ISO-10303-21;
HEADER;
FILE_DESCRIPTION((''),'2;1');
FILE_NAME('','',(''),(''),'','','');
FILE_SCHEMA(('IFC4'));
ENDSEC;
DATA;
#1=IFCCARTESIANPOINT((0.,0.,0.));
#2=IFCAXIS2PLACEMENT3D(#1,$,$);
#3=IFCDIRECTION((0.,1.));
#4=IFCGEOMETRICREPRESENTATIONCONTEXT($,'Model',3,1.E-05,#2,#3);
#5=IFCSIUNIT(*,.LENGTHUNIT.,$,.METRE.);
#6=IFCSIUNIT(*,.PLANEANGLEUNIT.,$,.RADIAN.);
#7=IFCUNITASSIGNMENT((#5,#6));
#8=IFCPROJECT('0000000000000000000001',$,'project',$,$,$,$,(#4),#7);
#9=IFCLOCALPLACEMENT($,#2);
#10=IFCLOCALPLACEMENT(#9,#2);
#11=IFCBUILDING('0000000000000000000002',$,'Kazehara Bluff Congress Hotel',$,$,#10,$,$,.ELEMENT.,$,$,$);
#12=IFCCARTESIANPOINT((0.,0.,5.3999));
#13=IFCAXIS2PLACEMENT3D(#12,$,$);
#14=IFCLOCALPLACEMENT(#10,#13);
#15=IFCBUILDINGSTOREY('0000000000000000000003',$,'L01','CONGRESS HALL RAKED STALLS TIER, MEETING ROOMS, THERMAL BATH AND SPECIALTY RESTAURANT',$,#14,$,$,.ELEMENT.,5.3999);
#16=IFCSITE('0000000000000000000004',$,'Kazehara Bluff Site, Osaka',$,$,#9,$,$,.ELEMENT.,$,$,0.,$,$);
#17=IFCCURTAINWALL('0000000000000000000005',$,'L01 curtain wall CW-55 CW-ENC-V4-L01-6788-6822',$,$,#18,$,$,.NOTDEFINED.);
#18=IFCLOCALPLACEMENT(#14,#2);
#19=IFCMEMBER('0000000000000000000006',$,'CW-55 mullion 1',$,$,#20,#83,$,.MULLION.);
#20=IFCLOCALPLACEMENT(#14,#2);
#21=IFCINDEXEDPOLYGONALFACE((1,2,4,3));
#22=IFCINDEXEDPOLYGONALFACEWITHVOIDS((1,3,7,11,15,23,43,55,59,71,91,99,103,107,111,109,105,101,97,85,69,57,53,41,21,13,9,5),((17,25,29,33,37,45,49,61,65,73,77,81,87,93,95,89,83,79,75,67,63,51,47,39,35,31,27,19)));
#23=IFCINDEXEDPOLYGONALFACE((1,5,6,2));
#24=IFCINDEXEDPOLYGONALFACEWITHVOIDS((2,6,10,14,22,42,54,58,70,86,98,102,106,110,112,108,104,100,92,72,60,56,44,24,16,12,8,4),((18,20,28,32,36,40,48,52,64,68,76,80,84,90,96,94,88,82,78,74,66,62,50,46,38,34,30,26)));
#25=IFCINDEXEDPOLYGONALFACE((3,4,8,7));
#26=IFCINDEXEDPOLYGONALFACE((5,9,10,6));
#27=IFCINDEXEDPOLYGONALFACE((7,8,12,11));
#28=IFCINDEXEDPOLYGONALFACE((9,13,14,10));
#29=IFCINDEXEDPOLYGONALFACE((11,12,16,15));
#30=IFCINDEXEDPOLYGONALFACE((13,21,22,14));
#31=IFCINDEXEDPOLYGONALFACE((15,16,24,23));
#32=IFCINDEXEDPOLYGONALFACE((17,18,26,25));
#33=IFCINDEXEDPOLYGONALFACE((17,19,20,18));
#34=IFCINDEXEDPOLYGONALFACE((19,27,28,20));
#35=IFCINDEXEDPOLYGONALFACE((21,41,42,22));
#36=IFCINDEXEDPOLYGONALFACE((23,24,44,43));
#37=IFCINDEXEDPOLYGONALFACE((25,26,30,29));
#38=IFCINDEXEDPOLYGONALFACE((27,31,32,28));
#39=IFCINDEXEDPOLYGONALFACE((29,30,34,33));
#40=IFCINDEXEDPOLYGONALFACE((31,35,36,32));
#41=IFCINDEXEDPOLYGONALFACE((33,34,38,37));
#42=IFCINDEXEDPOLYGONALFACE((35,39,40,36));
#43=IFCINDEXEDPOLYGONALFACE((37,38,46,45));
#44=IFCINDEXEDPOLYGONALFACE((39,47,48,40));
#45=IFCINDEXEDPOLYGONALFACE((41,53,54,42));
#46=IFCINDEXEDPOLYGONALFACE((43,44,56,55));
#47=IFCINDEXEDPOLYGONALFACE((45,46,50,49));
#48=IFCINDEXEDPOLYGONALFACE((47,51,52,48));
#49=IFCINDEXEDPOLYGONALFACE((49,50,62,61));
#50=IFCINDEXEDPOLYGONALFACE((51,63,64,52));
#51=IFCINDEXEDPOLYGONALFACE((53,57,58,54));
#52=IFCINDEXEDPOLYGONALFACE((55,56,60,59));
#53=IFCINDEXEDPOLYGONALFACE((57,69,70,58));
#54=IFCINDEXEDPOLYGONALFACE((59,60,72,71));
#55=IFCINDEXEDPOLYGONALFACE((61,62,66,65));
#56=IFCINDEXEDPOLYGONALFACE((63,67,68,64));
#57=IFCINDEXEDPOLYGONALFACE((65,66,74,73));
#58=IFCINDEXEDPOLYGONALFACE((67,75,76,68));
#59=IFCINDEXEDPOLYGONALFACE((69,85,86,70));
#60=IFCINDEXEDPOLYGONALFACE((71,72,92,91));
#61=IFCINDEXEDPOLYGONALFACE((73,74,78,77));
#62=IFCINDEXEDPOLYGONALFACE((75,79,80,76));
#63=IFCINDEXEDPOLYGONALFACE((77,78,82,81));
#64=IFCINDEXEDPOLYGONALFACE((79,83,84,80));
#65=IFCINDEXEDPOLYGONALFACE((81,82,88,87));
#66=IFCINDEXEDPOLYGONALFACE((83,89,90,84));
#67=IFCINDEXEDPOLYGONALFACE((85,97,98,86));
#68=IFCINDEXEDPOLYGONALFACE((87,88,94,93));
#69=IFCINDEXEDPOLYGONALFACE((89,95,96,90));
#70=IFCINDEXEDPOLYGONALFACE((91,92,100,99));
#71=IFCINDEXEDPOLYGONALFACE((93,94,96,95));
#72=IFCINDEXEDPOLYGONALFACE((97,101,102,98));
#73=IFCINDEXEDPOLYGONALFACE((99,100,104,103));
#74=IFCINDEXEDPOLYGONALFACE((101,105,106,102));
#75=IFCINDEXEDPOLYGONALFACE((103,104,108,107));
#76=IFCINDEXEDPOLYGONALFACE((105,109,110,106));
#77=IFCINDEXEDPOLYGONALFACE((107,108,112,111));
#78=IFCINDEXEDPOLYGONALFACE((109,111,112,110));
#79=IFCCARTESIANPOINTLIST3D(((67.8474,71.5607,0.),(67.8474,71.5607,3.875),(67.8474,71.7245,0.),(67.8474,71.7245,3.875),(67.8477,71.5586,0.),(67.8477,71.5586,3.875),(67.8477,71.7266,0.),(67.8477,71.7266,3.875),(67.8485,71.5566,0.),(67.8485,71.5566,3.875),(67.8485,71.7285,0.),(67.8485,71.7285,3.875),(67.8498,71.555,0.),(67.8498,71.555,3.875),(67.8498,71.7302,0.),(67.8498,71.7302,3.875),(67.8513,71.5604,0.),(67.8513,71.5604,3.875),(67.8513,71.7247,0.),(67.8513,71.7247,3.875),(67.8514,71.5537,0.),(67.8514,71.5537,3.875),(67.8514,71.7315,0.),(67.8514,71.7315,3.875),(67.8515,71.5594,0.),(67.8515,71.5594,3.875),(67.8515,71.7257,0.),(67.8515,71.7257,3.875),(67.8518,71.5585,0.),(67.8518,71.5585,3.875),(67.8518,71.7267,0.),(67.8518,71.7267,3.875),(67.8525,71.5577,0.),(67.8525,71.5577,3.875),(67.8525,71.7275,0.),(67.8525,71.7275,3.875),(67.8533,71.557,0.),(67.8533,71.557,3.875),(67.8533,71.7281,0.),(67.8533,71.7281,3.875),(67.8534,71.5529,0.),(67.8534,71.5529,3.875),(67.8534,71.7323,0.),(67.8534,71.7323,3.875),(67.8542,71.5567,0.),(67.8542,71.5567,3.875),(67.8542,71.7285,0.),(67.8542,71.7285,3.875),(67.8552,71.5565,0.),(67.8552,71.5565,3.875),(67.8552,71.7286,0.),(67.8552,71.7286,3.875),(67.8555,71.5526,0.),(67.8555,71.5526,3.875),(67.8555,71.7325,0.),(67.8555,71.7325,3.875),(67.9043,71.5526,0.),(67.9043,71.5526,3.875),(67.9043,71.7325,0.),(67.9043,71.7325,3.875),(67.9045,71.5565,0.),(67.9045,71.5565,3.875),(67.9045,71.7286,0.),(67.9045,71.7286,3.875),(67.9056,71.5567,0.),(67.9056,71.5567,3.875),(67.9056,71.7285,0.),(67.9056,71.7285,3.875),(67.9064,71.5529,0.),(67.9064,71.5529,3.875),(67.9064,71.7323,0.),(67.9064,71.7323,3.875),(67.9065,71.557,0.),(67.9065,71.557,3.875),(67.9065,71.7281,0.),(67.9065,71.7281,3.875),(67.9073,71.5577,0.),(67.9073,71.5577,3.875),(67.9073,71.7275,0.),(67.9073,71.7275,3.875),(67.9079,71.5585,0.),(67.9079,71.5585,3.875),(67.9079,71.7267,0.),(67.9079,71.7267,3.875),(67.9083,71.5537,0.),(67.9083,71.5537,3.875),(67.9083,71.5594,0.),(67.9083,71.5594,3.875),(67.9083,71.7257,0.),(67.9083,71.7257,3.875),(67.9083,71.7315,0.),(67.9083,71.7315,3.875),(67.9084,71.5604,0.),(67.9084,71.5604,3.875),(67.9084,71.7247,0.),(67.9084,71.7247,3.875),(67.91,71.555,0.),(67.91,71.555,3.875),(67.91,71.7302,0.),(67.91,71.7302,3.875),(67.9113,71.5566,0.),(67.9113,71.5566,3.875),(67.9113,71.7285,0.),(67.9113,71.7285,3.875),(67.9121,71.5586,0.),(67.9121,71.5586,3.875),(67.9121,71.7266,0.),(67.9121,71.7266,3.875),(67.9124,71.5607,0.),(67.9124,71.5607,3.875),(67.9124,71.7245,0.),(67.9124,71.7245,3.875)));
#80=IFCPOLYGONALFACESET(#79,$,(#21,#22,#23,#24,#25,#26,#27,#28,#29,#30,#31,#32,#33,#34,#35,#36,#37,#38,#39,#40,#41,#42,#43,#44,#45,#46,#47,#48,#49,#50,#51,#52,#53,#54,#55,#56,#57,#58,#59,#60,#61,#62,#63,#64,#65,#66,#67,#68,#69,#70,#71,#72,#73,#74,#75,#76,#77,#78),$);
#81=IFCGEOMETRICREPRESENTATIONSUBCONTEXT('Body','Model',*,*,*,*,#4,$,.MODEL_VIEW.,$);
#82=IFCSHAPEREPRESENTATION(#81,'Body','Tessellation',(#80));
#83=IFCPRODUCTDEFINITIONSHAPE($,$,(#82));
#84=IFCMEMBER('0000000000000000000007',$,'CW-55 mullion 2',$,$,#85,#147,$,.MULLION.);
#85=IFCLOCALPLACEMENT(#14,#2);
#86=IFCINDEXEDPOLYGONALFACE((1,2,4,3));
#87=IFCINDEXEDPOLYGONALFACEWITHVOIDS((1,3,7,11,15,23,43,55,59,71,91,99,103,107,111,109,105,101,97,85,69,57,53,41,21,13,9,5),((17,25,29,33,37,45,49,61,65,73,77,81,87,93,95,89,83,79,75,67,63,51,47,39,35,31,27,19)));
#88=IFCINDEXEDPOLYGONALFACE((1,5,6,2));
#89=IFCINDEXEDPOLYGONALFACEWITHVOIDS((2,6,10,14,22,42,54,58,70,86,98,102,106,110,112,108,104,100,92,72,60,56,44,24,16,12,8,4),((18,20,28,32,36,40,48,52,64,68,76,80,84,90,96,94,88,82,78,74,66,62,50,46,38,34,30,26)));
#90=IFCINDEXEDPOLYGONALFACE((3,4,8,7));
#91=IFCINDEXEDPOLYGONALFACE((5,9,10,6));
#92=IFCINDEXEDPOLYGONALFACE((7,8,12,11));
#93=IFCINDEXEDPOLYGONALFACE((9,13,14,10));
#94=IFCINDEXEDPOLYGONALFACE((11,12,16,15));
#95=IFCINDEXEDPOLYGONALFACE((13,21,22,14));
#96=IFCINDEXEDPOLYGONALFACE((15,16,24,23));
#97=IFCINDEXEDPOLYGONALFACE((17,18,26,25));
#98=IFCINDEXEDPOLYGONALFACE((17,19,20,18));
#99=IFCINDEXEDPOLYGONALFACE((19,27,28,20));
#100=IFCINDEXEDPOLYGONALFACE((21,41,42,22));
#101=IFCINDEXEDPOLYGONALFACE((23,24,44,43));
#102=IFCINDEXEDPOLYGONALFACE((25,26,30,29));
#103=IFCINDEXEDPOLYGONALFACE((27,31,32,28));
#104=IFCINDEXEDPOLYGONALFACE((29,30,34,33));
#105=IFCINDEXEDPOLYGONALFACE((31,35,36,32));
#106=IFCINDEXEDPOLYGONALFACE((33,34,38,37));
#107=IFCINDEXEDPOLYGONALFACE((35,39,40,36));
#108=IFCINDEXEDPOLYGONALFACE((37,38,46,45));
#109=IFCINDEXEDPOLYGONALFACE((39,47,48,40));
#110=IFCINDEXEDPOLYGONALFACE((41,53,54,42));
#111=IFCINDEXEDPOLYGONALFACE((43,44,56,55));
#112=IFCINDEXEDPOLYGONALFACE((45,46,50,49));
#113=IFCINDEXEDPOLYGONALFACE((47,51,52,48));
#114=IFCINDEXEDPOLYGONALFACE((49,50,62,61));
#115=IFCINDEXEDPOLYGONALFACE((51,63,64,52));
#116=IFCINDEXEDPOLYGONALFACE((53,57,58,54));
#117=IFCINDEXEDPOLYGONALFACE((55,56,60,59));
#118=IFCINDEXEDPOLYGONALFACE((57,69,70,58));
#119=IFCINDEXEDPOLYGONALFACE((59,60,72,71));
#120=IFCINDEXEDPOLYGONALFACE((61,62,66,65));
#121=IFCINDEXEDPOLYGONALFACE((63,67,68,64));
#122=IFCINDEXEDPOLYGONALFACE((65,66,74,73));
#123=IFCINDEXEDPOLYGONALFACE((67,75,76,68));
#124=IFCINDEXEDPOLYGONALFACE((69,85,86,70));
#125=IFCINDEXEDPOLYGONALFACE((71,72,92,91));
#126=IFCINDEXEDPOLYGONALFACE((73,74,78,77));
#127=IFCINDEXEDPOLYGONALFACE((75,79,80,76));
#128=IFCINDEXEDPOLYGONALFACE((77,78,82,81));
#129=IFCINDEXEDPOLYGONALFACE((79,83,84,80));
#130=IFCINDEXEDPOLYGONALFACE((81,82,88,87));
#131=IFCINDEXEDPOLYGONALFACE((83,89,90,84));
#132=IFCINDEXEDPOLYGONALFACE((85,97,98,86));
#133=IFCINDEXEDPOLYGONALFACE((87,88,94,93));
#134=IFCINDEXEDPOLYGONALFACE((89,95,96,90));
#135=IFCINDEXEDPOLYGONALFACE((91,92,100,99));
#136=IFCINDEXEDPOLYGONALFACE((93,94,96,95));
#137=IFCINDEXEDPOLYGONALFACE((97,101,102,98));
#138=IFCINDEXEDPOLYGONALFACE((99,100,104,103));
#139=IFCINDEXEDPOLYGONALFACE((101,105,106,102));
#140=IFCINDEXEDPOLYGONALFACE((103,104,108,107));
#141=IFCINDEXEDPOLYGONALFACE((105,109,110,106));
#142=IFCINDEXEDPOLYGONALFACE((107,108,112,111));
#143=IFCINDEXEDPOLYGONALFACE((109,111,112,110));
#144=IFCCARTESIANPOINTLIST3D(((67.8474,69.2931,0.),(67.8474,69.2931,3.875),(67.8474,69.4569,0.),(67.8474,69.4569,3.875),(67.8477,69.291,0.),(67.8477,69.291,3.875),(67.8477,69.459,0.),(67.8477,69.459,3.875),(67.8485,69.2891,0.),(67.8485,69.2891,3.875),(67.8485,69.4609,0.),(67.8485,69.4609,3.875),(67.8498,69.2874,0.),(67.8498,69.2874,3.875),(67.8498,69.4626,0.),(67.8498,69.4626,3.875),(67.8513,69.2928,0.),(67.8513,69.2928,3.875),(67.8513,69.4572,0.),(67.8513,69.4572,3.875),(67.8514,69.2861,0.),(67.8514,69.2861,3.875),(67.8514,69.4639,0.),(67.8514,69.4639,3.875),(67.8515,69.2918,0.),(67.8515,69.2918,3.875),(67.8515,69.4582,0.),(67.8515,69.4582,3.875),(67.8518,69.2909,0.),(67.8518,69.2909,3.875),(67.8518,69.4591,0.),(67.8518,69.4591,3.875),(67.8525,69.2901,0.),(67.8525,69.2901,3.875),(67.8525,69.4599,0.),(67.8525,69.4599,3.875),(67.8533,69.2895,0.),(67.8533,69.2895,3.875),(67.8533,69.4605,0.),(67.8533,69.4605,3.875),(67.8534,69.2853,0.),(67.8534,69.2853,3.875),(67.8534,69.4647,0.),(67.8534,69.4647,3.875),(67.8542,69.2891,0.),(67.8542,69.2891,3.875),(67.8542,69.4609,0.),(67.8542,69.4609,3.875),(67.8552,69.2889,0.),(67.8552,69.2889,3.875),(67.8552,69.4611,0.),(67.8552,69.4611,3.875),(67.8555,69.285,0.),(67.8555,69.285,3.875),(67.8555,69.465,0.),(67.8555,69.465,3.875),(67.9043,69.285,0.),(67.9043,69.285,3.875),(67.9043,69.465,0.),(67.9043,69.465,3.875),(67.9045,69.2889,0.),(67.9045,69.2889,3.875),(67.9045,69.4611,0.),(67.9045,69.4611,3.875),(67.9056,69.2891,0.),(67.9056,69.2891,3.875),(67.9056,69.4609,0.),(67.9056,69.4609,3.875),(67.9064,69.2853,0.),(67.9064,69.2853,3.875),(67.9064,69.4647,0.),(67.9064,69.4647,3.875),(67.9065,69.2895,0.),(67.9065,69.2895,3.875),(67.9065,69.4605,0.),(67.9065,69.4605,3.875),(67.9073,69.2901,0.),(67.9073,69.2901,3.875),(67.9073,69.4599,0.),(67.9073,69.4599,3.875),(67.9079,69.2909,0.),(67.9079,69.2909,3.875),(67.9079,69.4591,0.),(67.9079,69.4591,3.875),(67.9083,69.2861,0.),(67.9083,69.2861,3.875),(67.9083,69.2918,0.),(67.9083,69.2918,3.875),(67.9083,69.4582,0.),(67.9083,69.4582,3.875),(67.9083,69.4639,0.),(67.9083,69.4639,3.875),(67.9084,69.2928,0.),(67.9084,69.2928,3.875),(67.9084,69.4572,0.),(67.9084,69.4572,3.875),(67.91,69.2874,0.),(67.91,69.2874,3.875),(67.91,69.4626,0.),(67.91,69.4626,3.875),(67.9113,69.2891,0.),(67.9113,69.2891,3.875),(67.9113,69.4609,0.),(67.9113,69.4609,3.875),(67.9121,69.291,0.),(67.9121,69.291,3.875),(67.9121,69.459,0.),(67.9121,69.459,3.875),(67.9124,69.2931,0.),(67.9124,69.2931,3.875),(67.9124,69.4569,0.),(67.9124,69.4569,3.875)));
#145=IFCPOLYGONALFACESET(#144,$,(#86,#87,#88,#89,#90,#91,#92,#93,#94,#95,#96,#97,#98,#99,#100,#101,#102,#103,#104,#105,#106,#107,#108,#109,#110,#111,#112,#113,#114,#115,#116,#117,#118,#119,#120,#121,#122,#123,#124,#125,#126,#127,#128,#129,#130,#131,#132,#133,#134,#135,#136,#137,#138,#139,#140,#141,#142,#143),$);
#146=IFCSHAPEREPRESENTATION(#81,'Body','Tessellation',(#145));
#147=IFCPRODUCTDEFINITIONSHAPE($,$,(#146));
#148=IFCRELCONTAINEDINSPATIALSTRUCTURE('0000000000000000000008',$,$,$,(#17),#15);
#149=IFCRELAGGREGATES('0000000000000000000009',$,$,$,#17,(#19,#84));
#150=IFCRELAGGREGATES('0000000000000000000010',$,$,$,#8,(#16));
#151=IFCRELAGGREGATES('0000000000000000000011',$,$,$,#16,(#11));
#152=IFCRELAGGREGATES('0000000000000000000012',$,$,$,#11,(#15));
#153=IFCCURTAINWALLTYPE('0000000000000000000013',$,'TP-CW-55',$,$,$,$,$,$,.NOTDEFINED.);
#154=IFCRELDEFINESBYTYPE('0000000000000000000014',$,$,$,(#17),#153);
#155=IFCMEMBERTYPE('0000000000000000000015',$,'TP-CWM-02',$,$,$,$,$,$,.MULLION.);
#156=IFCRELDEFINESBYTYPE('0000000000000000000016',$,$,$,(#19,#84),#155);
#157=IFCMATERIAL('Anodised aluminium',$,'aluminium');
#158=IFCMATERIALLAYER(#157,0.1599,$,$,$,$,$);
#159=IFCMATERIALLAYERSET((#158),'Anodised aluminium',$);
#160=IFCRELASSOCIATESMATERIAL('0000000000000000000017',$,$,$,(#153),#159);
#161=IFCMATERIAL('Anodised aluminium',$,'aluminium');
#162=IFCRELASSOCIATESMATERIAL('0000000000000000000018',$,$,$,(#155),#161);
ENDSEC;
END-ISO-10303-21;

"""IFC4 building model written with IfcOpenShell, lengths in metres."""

from ifc_helpers import new_model, si_unit, direction, frame, origin, origin_2d, place, context, subcontext, project, spatial, hollow_rectangle, extrude, material, layer, layer_set, material_profile, profile_set, type_object, element, aggregate, save


model = new_model("IFC4")

# Units and contexts
model_context = context("Model", 3, precision=1e-05, world=origin(), true_north=direction((0.0, 1.0)))
body_context = subcontext(model_context, "Body", "Model", "MODEL_VIEW")
ifc_project = project(units=[si_unit("LENGTHUNIT", "METRE"), si_unit("PLANEANGLEUNIT", "RADIAN")], contexts=[model_context])

# Site, building, storey
site_placement = place(None, origin())
site = spatial("IfcSite", under=ifc_project, at=site_placement, Name="Kazehara Bluff Site, Osaka", CompositionType="ELEMENT", RefElevation=0.0)
building_placement = place(site_placement, origin())
building = spatial("IfcBuilding", under=site, at=building_placement, Name="Kazehara Bluff Congress Hotel", CompositionType="ELEMENT")
storey_placement = place(building_placement, frame((0.0, 0.0, 5.3999)))
storey = spatial("IfcBuildingStorey", under=building, at=storey_placement, Name="L01", Description="CONGRESS HALL RAKED STALLS TIER, MEETING ROOMS, THERMAL BATH AND SPECIALTY RESTAURANT", CompositionType="ELEMENT", Elevation=5.3999)

# Curtain wall, members
ifc_material_1 = material(Name="Anodised aluminium", Category="aluminium")
ifc_layer_1 = layer(ifc_material_1, 0.1599)
ifc_layer_set_1 = layer_set([ifc_layer_1], Name="Anodised aluminium")
curtain_wall_type = type_object("IfcCurtainWallType", Name="TP-CW-55", PredefinedType="NOTDEFINED", material=ifc_layer_set_1)
curtain_wall_placement = place(storey_placement, origin())
curtain_wall = element("IfcCurtainWall", 1, at=curtain_wall_placement, inside=storey, type_object=curtain_wall_type, Name="L01 curtain wall CW-55 CW-ENC-V4-L01-6788-6822", PredefinedType="NOTDEFINED")
ifc_material_2 = material(Name="Anodised aluminium", Category="aluminium")
ifc_material_profile_1 = material_profile(ifc_material_2, hollow_rectangle(XDim=0.0649, YDim=0.1799, WallThickness=0.0039, InnerFilletRadius=0.0039, OuterFilletRadius=0.0081, at=origin_2d()))
ifc_profile_set_1 = profile_set([ifc_material_profile_1], Name="Anodised aluminium")
member_type_1 = type_object("IfcMemberType", Name="TP-CWM-02", PredefinedType="MULLION", material=ifc_profile_set_1)
member_1_placement = place(storey_placement, frame((67.8799, 71.6426, 0.0), z_axis=(0.0, 0.0, 1.0), x_axis=(1.0, 0.0, 0.0)))
member_1 = element("IfcMember", 2, at=member_1_placement, type_object=member_type_1, Name="CW-55 mullion 1", PredefinedType="MULLION", context=body_context, shape_type="SweptSolid", body=[
    extrude(hollow_rectangle(XDim=0.0649, YDim=0.1799, WallThickness=0.0039, InnerFilletRadius=0.0039, OuterFilletRadius=0.0081, at=origin_2d()), origin(), (0.0, 0.0, 1.0), 3.875),
])
member_2_placement = place(storey_placement, frame((67.8799, 69.375, 0.0), z_axis=(0.0, 0.0, 1.0), x_axis=(1.0, 0.0, 0.0)))
member_2 = element("IfcMember", 3, at=member_2_placement, type_object=member_type_1, Name="CW-55 mullion 2", PredefinedType="MULLION", context=body_context, shape_type="SweptSolid", body=[
    extrude(hollow_rectangle(XDim=0.0649, YDim=0.1799, WallThickness=0.0039, InnerFilletRadius=0.0039, OuterFilletRadius=0.0081, at=origin_2d()), origin(), (0.0, 0.0, 1.0), 3.875),
])

aggregate(curtain_wall, [member_1, member_2])

save(model, "model.ifc")
